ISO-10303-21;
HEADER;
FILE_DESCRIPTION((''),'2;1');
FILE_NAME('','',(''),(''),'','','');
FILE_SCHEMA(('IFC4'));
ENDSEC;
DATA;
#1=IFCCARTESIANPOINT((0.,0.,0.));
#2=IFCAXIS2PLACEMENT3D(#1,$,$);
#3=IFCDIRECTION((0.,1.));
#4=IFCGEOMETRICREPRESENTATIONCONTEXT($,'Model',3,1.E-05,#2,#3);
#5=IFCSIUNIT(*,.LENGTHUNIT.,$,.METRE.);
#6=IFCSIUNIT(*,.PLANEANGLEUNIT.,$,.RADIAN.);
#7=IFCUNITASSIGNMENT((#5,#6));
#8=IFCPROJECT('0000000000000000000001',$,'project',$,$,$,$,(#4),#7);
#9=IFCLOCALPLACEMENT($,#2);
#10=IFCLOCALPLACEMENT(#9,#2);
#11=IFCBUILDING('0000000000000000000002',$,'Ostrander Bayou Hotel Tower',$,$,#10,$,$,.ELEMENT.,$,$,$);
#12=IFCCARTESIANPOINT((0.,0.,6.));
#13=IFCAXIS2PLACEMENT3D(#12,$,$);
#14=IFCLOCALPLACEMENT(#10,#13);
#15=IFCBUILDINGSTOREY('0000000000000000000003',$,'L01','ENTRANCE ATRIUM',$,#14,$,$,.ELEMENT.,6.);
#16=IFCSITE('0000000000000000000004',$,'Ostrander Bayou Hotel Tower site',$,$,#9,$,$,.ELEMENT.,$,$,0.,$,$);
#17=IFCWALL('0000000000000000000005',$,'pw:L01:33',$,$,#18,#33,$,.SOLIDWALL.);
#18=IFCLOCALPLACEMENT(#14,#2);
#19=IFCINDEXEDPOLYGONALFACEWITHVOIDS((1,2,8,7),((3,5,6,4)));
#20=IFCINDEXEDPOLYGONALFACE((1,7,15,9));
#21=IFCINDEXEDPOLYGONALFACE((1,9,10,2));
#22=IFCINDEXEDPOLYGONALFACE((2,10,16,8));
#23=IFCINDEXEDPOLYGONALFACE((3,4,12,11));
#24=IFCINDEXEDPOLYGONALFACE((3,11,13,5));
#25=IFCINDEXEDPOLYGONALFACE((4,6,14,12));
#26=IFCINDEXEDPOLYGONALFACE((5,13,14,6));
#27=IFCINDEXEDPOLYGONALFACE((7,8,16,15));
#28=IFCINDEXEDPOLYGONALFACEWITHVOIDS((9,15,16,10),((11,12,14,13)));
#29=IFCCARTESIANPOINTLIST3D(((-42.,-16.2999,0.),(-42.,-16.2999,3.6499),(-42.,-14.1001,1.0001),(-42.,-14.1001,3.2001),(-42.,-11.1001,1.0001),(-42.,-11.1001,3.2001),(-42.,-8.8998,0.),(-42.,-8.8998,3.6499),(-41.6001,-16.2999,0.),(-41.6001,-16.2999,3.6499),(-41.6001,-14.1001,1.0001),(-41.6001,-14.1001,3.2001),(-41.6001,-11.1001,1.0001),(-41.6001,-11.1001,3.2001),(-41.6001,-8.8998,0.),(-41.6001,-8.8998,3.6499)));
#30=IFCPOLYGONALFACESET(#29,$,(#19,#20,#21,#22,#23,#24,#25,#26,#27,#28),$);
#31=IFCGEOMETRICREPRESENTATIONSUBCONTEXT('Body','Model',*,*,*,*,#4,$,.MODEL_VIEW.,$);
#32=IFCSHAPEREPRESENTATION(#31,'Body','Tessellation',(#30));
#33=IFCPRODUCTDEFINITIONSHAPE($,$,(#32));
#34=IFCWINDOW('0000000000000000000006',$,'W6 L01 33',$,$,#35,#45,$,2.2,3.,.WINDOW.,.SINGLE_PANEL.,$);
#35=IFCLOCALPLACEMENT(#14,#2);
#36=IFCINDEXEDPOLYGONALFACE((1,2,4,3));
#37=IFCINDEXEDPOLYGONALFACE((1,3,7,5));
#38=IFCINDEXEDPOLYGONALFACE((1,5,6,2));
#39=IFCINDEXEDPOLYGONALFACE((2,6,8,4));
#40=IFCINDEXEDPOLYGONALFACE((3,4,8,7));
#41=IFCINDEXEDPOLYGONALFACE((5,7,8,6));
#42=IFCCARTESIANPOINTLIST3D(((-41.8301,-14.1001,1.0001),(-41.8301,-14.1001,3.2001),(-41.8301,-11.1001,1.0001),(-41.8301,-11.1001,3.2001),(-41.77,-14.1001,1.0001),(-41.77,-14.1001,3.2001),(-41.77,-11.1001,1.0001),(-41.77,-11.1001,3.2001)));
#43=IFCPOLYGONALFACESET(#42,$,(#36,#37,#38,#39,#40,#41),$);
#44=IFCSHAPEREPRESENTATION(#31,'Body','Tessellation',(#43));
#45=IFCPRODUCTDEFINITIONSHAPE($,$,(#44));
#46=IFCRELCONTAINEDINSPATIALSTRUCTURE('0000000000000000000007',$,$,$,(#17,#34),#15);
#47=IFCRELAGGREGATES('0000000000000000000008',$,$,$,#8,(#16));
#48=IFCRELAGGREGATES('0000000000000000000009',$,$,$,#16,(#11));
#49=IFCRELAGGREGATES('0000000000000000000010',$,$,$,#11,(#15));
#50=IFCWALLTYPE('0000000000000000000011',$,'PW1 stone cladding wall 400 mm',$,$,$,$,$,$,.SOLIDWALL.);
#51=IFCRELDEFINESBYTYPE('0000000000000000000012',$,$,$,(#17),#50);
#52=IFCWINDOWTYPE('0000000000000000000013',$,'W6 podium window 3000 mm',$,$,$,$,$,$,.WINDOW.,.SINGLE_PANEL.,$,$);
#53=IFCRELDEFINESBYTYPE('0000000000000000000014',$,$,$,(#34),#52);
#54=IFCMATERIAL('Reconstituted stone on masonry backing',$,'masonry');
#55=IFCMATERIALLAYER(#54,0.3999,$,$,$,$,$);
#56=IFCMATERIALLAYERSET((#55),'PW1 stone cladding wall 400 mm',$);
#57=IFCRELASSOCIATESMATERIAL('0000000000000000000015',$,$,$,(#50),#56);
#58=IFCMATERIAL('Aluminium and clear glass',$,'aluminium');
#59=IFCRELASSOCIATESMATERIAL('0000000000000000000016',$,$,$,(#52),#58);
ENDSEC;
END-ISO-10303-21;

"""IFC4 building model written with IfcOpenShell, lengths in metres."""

from ifc_helpers import new_model, si_unit, direction, frame, frame_2d, origin, place, context, subcontext, project, spatial, rectangle, extrude, material, layer, layer_set, type_object, element, fill, save


model = new_model("IFC4")

# Units and contexts
model_context = context("Model", 3, precision=1e-05, world=origin(), true_north=direction((0.0, 1.0)))
body_context = subcontext(model_context, "Body", "Model", "MODEL_VIEW")
ifc_project = project(units=[si_unit("LENGTHUNIT", "METRE"), si_unit("PLANEANGLEUNIT", "RADIAN")], contexts=[model_context])

# Site, building, storey
site_placement = place(None, origin())
site = spatial("IfcSite", under=ifc_project, at=site_placement, Name="Ostrander Bayou Hotel Tower site", CompositionType="ELEMENT", RefElevation=0.0)
building_placement = place(site_placement, origin())
building = spatial("IfcBuilding", under=site, at=building_placement, Name="Ostrander Bayou Hotel Tower", CompositionType="ELEMENT")
storey_placement = place(building_placement, frame((0.0, 0.0, 6.0)))
storey = spatial("IfcBuildingStorey", under=building, at=storey_placement, Name="L01", Description="ENTRANCE ATRIUM", CompositionType="ELEMENT", Elevation=6.0)

# Wall, opening, window
ifc_material_1 = material(Name="Reconstituted stone on masonry backing", Category="masonry")
ifc_layer_1 = layer(ifc_material_1, 0.3999)
ifc_layer_set_1 = layer_set([ifc_layer_1], Name="PW1 stone cladding wall 400 mm")
wall_type_1 = type_object("IfcWallType", Name="PW1 stone cladding wall 400 mm", PredefinedType="SOLIDWALL", material=ifc_layer_set_1)
ifc_material_2 = material(Name="Aluminium and clear glass", Category="aluminium")
window_type = type_object("IfcWindowType", Name="W6 podium window 3000 mm", PartitioningType="SINGLE_PANEL", PredefinedType="WINDOW", material=ifc_material_2)
wall_1_placement = place(storey_placement, frame((-41.8, -16.3, 0.0), z_axis=(0.0, 0.0, 1.0), x_axis=(0.0, 1.0, 0.0)))
wall_1 = element("IfcWall", 1, at=wall_1_placement, inside=storey, type_object=wall_type_1, Name="pw:L01:33", PredefinedType="SOLIDWALL", context=body_context, shape_type="SweptSolid", body=[
    extrude(rectangle(XDim=7.4001, YDim=0.3999, at=frame_2d((3.7002, 0.0))), origin(), (0.0, 0.0, 1.0), 3.6499),
])
opening_1_placement = place(wall_1_placement, frame((2.2, 0.0, 1.0)))
opening_1 = element("IfcOpeningElement", 2, at=opening_1_placement, cuts=wall_1, PredefinedType="OPENING", context=body_context, shape_type="SweptSolid", body=[
    extrude(rectangle(XDim=3.0, YDim=2.2, at=frame_2d((1.5, 1.1001))), frame((0.0, 0.2, 0.0), z_axis=(0.0, -1.0, 0.0), x_axis=(1.0, 0.0, 0.0)), (0.0, 0.0, 1.0), 0.3999),
])
window_1_placement = place(opening_1_placement, origin())
window_1 = element("IfcWindow", 3, at=window_1_placement, inside=storey, type_object=window_type, Name="W6 L01 33", OverallHeight=2.2, OverallWidth=3.0, PartitioningType="SINGLE_PANEL", PredefinedType="WINDOW", context=body_context, shape_type="SweptSolid", body=[
    extrude(rectangle(XDim=3.0, YDim=2.2, at=frame_2d((1.5, 1.1001))), frame((0.0, 0.03, 0.0), z_axis=(0.0, -1.0, 0.0), x_axis=(1.0, 0.0, 0.0)), (0.0, 0.0, 1.0), 0.0601),
])
fill(opening_1, window_1)

save(model, "model.ifc")
